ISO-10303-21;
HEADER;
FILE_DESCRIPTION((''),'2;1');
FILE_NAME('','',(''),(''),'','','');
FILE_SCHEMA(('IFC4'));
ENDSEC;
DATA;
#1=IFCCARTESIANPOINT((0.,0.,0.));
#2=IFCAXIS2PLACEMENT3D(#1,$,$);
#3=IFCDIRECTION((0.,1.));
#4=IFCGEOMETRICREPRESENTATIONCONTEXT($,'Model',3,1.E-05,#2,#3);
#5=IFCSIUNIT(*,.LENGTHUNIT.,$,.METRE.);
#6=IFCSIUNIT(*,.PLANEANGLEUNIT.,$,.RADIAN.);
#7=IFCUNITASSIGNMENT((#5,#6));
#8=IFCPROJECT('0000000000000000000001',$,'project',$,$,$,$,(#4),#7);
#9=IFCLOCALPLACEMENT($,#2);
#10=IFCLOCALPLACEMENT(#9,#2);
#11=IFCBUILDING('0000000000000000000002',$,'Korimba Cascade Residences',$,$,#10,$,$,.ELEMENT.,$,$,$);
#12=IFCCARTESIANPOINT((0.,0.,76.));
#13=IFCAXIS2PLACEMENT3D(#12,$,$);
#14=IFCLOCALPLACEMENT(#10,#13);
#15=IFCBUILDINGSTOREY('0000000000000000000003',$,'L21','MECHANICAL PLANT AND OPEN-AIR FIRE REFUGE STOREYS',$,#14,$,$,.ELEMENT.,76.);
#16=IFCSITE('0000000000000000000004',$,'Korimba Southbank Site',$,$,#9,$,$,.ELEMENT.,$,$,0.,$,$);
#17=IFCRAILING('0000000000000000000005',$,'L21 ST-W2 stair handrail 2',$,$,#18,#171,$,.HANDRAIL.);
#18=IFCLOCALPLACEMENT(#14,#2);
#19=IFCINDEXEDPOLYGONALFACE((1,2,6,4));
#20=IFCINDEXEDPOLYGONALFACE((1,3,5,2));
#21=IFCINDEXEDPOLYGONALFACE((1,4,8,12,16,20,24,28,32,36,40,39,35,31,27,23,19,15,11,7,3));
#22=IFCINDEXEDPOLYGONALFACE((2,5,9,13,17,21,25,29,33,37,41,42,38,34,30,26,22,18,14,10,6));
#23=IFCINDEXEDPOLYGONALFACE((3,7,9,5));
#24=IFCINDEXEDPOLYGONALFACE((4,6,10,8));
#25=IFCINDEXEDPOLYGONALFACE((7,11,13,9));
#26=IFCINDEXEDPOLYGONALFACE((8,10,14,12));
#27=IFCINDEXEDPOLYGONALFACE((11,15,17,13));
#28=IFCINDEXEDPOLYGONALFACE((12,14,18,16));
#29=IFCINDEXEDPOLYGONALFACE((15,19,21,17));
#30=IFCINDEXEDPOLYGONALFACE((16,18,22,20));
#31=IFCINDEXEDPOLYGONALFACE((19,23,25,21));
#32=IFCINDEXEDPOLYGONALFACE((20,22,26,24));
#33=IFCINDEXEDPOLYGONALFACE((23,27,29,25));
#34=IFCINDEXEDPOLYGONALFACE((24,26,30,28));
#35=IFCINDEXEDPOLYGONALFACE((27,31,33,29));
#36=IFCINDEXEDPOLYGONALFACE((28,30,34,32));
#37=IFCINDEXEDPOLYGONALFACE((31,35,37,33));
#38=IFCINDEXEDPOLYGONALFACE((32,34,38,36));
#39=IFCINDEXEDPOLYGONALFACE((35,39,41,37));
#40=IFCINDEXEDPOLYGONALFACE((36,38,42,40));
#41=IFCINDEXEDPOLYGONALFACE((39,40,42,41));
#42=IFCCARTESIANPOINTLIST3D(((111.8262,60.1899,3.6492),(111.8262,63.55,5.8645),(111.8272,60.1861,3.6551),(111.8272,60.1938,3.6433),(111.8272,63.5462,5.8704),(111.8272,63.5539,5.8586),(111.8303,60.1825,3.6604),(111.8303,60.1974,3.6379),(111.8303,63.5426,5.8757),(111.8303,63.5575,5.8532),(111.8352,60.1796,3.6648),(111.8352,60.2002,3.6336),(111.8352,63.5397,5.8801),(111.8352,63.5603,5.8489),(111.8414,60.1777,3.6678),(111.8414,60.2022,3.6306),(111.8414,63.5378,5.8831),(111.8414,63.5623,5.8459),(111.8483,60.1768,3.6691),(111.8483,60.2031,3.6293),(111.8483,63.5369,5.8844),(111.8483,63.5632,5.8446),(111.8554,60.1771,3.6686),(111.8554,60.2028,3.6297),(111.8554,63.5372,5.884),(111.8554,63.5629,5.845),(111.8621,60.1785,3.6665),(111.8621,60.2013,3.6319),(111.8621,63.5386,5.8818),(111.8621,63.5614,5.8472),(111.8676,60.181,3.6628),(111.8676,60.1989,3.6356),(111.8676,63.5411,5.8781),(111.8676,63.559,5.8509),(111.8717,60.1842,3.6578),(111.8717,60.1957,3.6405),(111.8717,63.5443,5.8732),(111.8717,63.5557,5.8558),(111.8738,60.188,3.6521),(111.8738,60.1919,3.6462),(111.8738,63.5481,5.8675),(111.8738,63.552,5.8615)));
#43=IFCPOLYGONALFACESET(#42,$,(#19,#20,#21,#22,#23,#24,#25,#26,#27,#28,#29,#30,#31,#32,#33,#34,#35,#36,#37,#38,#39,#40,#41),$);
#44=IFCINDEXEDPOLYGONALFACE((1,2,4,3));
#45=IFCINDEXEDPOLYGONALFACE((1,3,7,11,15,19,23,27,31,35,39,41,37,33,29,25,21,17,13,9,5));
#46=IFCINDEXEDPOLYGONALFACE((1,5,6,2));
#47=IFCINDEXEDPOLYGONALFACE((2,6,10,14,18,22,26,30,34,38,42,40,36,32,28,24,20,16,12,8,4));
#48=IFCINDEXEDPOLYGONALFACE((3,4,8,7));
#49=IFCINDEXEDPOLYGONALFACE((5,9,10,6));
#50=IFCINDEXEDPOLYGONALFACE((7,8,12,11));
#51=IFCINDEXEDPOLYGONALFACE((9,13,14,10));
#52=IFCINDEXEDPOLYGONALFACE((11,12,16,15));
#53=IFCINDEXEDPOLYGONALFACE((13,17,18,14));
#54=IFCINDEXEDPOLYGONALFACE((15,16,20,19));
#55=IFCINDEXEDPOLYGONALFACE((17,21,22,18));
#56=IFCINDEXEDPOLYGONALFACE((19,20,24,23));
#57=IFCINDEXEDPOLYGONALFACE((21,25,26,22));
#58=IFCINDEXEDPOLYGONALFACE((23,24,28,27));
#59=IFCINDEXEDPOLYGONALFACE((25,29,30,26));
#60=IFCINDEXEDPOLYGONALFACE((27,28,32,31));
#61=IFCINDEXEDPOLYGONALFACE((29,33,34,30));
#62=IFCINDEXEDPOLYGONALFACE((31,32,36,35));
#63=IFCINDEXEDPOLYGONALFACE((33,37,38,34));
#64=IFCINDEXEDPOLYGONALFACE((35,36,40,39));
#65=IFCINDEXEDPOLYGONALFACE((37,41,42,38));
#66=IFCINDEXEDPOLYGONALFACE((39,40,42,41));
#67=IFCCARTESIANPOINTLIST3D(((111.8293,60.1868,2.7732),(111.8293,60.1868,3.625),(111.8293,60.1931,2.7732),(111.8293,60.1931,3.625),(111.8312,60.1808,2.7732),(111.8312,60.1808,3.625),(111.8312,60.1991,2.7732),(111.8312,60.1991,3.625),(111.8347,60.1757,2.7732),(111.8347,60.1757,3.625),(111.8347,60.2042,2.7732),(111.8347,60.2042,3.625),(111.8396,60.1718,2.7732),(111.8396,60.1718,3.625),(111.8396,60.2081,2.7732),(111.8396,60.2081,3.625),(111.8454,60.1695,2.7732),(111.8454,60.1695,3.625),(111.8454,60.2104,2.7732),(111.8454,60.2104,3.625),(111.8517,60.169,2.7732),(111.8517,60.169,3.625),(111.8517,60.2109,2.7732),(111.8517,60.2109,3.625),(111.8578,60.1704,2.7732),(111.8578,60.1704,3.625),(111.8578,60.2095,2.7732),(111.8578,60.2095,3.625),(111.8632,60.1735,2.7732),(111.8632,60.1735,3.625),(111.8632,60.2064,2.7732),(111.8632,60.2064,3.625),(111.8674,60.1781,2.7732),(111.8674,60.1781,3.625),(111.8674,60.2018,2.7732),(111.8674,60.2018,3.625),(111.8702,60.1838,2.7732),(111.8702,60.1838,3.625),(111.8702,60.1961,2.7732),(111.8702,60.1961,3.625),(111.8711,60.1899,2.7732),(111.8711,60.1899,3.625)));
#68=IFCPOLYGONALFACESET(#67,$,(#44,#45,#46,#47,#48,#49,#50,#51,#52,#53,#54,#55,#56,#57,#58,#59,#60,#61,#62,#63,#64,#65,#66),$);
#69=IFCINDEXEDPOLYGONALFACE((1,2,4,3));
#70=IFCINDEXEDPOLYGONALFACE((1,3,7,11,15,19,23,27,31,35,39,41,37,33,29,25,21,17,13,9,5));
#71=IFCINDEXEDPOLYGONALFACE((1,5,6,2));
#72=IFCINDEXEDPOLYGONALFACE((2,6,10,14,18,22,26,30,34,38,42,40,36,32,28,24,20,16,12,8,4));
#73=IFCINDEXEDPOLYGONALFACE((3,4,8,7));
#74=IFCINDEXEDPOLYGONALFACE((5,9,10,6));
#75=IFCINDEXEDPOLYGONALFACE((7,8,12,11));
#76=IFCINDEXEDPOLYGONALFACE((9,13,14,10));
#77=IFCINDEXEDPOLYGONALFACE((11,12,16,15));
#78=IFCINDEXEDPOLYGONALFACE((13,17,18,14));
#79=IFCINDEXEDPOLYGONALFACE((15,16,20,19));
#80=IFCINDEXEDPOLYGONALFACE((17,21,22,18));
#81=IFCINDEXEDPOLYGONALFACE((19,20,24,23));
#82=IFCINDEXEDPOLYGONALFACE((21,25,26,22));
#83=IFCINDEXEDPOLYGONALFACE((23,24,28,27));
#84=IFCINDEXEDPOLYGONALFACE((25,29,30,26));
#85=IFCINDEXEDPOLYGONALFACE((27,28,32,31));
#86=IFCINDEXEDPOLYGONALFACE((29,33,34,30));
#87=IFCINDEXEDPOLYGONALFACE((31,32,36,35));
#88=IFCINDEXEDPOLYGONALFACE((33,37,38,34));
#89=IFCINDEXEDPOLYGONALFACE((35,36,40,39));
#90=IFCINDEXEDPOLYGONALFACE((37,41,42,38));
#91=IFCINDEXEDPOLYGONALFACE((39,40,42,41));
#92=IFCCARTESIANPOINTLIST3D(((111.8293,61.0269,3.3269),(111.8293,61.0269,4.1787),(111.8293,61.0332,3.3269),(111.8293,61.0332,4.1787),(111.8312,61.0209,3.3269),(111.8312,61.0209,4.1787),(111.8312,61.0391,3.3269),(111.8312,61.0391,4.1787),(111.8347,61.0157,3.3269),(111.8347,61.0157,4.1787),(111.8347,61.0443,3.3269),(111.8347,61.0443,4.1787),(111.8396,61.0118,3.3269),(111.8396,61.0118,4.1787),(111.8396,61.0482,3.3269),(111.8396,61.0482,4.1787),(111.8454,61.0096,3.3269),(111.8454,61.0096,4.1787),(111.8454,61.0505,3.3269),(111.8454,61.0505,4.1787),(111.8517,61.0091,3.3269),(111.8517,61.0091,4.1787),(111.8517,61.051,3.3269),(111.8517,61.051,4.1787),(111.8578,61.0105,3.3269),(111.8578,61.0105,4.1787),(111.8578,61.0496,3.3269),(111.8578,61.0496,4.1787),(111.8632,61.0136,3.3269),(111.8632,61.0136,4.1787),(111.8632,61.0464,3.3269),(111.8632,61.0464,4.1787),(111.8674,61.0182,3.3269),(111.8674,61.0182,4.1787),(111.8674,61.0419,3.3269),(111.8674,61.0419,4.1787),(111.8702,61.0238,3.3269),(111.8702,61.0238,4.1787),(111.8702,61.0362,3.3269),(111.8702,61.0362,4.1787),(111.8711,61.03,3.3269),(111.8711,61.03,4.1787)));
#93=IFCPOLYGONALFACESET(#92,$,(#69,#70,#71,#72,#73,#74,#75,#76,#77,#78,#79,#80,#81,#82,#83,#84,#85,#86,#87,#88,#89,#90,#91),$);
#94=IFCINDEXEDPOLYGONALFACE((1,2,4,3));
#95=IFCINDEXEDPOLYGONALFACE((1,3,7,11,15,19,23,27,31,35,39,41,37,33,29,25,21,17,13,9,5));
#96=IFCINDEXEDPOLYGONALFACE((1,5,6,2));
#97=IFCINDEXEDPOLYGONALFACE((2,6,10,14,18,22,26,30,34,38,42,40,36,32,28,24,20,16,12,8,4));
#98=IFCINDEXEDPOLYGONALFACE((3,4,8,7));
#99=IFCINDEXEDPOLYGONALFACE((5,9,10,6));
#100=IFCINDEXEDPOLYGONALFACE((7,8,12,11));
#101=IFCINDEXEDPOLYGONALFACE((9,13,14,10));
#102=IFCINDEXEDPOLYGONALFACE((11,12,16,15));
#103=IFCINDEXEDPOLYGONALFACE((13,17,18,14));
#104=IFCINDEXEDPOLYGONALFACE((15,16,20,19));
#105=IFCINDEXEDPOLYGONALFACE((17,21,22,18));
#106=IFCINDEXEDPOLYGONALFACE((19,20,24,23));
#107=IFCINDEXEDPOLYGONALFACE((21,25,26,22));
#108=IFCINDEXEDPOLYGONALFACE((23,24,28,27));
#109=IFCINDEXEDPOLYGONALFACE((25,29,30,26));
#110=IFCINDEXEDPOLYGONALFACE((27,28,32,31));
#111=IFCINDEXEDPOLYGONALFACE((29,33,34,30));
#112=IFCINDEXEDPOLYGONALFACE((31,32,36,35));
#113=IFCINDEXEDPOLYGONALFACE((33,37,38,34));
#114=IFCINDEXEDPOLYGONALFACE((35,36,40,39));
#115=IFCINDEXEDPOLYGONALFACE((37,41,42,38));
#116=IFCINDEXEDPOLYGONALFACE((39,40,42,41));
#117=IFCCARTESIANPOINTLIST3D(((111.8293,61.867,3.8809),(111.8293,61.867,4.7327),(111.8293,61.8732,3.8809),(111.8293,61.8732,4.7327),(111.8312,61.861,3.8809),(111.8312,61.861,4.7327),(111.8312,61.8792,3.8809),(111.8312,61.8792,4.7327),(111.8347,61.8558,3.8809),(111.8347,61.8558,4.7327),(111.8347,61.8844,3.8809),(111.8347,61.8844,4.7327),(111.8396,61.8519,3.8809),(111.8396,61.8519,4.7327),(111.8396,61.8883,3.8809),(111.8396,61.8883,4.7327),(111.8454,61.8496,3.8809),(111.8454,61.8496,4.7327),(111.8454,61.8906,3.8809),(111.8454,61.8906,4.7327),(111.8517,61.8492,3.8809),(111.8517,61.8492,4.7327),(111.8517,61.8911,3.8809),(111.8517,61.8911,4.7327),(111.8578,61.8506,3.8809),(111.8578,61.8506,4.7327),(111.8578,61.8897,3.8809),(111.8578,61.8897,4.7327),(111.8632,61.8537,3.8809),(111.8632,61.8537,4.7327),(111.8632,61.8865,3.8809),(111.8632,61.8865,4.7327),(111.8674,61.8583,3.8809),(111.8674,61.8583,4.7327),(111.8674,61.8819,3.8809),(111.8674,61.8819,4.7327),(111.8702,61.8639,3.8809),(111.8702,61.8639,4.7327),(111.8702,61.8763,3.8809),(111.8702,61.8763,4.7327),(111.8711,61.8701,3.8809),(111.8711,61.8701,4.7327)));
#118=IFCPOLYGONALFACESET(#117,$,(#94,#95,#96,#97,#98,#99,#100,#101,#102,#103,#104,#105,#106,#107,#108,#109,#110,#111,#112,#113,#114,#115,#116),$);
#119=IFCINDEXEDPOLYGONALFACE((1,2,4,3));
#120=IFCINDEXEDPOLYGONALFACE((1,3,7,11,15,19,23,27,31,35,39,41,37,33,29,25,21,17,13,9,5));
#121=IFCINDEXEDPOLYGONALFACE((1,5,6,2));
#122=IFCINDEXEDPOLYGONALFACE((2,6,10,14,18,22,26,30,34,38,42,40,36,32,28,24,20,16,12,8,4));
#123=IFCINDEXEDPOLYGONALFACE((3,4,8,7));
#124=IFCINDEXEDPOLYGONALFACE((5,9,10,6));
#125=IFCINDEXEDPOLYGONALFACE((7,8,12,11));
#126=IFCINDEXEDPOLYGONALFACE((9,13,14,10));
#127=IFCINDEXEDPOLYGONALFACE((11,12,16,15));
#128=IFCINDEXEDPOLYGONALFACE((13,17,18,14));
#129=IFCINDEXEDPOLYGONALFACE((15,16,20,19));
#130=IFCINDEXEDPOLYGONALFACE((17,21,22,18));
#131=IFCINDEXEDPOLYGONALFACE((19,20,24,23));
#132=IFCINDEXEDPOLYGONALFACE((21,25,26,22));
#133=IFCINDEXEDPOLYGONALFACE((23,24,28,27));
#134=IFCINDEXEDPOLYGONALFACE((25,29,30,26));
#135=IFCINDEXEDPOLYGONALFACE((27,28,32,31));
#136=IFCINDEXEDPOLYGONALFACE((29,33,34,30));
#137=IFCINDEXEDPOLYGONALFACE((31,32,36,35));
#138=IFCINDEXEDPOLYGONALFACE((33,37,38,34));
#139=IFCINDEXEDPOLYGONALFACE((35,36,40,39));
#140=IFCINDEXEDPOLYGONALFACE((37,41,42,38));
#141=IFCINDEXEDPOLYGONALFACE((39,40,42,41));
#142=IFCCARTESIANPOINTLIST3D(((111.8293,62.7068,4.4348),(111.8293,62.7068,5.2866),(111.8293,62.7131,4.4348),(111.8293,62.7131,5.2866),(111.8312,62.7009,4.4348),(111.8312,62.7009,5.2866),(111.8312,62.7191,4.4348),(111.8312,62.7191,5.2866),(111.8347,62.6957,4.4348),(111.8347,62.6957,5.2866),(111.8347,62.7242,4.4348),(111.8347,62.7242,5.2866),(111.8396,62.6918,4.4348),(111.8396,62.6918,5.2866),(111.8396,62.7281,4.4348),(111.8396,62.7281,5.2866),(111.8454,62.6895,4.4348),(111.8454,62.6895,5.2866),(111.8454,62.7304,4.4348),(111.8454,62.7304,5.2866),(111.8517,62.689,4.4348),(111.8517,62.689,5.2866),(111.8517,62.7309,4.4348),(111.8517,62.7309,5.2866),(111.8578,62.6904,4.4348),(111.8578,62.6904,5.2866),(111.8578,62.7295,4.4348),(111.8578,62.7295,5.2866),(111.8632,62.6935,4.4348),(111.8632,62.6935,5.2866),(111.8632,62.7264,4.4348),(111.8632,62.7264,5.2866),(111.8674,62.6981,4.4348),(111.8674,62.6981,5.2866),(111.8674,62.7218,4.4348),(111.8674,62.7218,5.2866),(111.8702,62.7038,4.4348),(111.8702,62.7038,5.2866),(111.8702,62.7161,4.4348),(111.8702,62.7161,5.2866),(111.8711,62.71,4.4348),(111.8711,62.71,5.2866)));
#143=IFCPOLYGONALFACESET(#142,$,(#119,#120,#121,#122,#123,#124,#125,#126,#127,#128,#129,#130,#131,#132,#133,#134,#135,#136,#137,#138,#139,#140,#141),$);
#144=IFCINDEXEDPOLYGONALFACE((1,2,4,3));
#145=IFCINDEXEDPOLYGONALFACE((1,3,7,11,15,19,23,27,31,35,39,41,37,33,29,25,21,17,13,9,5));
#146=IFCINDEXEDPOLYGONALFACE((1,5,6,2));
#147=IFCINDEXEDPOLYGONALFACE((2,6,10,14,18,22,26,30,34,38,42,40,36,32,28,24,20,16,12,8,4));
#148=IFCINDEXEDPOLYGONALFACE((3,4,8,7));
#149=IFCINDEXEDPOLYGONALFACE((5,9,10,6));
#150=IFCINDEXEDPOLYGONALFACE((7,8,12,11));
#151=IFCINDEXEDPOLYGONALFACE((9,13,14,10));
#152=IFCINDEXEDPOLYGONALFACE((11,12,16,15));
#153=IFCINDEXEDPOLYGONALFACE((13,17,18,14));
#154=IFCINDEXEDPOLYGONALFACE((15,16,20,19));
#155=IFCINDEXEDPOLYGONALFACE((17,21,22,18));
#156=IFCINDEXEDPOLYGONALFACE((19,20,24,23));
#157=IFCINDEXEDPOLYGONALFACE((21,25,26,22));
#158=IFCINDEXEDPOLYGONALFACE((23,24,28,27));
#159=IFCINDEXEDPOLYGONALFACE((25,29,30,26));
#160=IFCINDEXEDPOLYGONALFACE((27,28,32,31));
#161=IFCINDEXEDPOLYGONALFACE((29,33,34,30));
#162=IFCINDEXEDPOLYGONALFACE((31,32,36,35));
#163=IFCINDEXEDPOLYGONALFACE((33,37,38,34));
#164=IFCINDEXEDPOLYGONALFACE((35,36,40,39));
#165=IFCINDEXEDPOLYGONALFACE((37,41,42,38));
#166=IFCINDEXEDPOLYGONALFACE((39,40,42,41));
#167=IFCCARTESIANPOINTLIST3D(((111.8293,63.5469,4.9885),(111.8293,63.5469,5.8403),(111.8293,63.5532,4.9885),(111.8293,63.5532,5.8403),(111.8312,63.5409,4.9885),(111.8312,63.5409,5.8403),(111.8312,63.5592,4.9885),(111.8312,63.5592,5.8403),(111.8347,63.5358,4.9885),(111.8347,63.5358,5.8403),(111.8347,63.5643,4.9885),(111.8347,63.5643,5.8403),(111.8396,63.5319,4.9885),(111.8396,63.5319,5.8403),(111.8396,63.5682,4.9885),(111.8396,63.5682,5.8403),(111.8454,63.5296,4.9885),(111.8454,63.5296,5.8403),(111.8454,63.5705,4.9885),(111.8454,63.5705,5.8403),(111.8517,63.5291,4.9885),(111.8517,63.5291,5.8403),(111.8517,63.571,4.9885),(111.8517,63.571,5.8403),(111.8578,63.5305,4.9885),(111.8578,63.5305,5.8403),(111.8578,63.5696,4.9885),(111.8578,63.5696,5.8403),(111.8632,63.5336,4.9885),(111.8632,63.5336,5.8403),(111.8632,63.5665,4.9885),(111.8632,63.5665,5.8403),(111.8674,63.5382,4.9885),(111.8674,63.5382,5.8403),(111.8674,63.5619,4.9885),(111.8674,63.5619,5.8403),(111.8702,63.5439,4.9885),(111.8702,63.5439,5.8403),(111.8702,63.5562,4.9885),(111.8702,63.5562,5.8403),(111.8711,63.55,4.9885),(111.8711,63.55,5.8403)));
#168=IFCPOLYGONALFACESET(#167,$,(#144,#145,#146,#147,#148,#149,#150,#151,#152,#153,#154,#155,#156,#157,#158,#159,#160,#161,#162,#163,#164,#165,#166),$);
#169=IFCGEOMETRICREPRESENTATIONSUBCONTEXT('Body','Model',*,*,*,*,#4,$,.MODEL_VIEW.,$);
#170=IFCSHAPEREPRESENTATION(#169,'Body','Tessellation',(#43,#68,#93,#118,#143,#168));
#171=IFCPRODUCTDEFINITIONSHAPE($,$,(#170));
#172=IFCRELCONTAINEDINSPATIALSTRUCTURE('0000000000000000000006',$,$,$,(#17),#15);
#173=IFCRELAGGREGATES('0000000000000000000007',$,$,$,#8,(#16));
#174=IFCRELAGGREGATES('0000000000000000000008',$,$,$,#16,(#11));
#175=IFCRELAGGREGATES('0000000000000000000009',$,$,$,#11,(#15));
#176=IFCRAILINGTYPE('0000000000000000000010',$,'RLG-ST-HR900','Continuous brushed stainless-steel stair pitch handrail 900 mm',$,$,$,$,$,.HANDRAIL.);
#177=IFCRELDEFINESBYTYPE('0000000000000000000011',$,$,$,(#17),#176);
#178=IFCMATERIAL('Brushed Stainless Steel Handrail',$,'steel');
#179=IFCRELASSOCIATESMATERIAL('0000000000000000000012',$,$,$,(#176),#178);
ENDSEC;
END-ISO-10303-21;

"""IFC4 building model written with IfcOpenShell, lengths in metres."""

from ifc_helpers import new_model, si_unit, direction, frame, origin, origin_2d, place, context, subcontext, project, spatial, circle, extrude, material, type_object, element, save


model = new_model("IFC4")

# Units and contexts
model_context = context("Model", 3, precision=1e-05, world=origin(), true_north=direction((0.0, 1.0)))
body_context = subcontext(model_context, "Body", "Model", "MODEL_VIEW")
ifc_project = project(units=[si_unit("LENGTHUNIT", "METRE"), si_unit("PLANEANGLEUNIT", "RADIAN")], contexts=[model_context])

# Site, building, storey
site_placement = place(None, origin())
site = spatial("IfcSite", under=ifc_project, at=site_placement, Name="Korimba Southbank Site", CompositionType="ELEMENT", RefElevation=0.0)
building_placement = place(site_placement, origin())
building = spatial("IfcBuilding", under=site, at=building_placement, Name="Korimba Cascade Residences", CompositionType="ELEMENT")
storey_placement = place(building_placement, frame((0.0, 0.0, 76.0)))
storey = spatial("IfcBuildingStorey", under=building, at=storey_placement, Name="L21", Description="MECHANICAL PLANT AND OPEN-AIR FIRE REFUGE STOREYS", CompositionType="ELEMENT", Elevation=76.0)

# Railing
ifc_material_1 = material(Name="Brushed Stainless Steel Handrail", Category="steel")
railing_type_1 = type_object("IfcRailingType", Name="RLG-ST-HR900", Description="Continuous brushed stainless-steel stair pitch handrail 900 mm", PredefinedType="HANDRAIL", material=ifc_material_1)
railing_1_placement = place(storey_placement, frame((111.8501, 60.1899, 2.7732)))
element("IfcRailing", 1, at=railing_1_placement, inside=storey, type_object=railing_type_1, Name="L21 ST-W2 stair handrail 2", PredefinedType="HANDRAIL", context=body_context, shape_type="SweptSolid", body=[
    extrude(circle(Radius=0.0239, at=origin_2d()), frame((0.0, 0.0, 0.876), z_axis=(0.0, 0.834876, 0.550437), x_axis=(-1.0, 0.0, 0.0)), (0.0, 0.0, 1.0), 4.0247),
    extrude(circle(Radius=0.021, at=origin_2d()), origin(), (0.0, 0.0, 1.0), 0.8518),
    extrude(circle(Radius=0.021, at=origin_2d()), frame((0.0, 0.8401, 0.5537)), (0.0, 0.0, 1.0), 0.8518),
    extrude(circle(Radius=0.021, at=origin_2d()), frame((0.0, 1.6802, 1.1077)), (0.0, 0.0, 1.0), 0.8518),
    extrude(circle(Radius=0.021, at=origin_2d()), frame((0.0, 2.52, 1.6616)), (0.0, 0.0, 1.0), 0.8518),
    extrude(circle(Radius=0.021, at=origin_2d()), frame((0.0, 3.3601, 2.2153)), (0.0, 0.0, 1.0), 0.8518),
])

save(model, "model.ifc")
